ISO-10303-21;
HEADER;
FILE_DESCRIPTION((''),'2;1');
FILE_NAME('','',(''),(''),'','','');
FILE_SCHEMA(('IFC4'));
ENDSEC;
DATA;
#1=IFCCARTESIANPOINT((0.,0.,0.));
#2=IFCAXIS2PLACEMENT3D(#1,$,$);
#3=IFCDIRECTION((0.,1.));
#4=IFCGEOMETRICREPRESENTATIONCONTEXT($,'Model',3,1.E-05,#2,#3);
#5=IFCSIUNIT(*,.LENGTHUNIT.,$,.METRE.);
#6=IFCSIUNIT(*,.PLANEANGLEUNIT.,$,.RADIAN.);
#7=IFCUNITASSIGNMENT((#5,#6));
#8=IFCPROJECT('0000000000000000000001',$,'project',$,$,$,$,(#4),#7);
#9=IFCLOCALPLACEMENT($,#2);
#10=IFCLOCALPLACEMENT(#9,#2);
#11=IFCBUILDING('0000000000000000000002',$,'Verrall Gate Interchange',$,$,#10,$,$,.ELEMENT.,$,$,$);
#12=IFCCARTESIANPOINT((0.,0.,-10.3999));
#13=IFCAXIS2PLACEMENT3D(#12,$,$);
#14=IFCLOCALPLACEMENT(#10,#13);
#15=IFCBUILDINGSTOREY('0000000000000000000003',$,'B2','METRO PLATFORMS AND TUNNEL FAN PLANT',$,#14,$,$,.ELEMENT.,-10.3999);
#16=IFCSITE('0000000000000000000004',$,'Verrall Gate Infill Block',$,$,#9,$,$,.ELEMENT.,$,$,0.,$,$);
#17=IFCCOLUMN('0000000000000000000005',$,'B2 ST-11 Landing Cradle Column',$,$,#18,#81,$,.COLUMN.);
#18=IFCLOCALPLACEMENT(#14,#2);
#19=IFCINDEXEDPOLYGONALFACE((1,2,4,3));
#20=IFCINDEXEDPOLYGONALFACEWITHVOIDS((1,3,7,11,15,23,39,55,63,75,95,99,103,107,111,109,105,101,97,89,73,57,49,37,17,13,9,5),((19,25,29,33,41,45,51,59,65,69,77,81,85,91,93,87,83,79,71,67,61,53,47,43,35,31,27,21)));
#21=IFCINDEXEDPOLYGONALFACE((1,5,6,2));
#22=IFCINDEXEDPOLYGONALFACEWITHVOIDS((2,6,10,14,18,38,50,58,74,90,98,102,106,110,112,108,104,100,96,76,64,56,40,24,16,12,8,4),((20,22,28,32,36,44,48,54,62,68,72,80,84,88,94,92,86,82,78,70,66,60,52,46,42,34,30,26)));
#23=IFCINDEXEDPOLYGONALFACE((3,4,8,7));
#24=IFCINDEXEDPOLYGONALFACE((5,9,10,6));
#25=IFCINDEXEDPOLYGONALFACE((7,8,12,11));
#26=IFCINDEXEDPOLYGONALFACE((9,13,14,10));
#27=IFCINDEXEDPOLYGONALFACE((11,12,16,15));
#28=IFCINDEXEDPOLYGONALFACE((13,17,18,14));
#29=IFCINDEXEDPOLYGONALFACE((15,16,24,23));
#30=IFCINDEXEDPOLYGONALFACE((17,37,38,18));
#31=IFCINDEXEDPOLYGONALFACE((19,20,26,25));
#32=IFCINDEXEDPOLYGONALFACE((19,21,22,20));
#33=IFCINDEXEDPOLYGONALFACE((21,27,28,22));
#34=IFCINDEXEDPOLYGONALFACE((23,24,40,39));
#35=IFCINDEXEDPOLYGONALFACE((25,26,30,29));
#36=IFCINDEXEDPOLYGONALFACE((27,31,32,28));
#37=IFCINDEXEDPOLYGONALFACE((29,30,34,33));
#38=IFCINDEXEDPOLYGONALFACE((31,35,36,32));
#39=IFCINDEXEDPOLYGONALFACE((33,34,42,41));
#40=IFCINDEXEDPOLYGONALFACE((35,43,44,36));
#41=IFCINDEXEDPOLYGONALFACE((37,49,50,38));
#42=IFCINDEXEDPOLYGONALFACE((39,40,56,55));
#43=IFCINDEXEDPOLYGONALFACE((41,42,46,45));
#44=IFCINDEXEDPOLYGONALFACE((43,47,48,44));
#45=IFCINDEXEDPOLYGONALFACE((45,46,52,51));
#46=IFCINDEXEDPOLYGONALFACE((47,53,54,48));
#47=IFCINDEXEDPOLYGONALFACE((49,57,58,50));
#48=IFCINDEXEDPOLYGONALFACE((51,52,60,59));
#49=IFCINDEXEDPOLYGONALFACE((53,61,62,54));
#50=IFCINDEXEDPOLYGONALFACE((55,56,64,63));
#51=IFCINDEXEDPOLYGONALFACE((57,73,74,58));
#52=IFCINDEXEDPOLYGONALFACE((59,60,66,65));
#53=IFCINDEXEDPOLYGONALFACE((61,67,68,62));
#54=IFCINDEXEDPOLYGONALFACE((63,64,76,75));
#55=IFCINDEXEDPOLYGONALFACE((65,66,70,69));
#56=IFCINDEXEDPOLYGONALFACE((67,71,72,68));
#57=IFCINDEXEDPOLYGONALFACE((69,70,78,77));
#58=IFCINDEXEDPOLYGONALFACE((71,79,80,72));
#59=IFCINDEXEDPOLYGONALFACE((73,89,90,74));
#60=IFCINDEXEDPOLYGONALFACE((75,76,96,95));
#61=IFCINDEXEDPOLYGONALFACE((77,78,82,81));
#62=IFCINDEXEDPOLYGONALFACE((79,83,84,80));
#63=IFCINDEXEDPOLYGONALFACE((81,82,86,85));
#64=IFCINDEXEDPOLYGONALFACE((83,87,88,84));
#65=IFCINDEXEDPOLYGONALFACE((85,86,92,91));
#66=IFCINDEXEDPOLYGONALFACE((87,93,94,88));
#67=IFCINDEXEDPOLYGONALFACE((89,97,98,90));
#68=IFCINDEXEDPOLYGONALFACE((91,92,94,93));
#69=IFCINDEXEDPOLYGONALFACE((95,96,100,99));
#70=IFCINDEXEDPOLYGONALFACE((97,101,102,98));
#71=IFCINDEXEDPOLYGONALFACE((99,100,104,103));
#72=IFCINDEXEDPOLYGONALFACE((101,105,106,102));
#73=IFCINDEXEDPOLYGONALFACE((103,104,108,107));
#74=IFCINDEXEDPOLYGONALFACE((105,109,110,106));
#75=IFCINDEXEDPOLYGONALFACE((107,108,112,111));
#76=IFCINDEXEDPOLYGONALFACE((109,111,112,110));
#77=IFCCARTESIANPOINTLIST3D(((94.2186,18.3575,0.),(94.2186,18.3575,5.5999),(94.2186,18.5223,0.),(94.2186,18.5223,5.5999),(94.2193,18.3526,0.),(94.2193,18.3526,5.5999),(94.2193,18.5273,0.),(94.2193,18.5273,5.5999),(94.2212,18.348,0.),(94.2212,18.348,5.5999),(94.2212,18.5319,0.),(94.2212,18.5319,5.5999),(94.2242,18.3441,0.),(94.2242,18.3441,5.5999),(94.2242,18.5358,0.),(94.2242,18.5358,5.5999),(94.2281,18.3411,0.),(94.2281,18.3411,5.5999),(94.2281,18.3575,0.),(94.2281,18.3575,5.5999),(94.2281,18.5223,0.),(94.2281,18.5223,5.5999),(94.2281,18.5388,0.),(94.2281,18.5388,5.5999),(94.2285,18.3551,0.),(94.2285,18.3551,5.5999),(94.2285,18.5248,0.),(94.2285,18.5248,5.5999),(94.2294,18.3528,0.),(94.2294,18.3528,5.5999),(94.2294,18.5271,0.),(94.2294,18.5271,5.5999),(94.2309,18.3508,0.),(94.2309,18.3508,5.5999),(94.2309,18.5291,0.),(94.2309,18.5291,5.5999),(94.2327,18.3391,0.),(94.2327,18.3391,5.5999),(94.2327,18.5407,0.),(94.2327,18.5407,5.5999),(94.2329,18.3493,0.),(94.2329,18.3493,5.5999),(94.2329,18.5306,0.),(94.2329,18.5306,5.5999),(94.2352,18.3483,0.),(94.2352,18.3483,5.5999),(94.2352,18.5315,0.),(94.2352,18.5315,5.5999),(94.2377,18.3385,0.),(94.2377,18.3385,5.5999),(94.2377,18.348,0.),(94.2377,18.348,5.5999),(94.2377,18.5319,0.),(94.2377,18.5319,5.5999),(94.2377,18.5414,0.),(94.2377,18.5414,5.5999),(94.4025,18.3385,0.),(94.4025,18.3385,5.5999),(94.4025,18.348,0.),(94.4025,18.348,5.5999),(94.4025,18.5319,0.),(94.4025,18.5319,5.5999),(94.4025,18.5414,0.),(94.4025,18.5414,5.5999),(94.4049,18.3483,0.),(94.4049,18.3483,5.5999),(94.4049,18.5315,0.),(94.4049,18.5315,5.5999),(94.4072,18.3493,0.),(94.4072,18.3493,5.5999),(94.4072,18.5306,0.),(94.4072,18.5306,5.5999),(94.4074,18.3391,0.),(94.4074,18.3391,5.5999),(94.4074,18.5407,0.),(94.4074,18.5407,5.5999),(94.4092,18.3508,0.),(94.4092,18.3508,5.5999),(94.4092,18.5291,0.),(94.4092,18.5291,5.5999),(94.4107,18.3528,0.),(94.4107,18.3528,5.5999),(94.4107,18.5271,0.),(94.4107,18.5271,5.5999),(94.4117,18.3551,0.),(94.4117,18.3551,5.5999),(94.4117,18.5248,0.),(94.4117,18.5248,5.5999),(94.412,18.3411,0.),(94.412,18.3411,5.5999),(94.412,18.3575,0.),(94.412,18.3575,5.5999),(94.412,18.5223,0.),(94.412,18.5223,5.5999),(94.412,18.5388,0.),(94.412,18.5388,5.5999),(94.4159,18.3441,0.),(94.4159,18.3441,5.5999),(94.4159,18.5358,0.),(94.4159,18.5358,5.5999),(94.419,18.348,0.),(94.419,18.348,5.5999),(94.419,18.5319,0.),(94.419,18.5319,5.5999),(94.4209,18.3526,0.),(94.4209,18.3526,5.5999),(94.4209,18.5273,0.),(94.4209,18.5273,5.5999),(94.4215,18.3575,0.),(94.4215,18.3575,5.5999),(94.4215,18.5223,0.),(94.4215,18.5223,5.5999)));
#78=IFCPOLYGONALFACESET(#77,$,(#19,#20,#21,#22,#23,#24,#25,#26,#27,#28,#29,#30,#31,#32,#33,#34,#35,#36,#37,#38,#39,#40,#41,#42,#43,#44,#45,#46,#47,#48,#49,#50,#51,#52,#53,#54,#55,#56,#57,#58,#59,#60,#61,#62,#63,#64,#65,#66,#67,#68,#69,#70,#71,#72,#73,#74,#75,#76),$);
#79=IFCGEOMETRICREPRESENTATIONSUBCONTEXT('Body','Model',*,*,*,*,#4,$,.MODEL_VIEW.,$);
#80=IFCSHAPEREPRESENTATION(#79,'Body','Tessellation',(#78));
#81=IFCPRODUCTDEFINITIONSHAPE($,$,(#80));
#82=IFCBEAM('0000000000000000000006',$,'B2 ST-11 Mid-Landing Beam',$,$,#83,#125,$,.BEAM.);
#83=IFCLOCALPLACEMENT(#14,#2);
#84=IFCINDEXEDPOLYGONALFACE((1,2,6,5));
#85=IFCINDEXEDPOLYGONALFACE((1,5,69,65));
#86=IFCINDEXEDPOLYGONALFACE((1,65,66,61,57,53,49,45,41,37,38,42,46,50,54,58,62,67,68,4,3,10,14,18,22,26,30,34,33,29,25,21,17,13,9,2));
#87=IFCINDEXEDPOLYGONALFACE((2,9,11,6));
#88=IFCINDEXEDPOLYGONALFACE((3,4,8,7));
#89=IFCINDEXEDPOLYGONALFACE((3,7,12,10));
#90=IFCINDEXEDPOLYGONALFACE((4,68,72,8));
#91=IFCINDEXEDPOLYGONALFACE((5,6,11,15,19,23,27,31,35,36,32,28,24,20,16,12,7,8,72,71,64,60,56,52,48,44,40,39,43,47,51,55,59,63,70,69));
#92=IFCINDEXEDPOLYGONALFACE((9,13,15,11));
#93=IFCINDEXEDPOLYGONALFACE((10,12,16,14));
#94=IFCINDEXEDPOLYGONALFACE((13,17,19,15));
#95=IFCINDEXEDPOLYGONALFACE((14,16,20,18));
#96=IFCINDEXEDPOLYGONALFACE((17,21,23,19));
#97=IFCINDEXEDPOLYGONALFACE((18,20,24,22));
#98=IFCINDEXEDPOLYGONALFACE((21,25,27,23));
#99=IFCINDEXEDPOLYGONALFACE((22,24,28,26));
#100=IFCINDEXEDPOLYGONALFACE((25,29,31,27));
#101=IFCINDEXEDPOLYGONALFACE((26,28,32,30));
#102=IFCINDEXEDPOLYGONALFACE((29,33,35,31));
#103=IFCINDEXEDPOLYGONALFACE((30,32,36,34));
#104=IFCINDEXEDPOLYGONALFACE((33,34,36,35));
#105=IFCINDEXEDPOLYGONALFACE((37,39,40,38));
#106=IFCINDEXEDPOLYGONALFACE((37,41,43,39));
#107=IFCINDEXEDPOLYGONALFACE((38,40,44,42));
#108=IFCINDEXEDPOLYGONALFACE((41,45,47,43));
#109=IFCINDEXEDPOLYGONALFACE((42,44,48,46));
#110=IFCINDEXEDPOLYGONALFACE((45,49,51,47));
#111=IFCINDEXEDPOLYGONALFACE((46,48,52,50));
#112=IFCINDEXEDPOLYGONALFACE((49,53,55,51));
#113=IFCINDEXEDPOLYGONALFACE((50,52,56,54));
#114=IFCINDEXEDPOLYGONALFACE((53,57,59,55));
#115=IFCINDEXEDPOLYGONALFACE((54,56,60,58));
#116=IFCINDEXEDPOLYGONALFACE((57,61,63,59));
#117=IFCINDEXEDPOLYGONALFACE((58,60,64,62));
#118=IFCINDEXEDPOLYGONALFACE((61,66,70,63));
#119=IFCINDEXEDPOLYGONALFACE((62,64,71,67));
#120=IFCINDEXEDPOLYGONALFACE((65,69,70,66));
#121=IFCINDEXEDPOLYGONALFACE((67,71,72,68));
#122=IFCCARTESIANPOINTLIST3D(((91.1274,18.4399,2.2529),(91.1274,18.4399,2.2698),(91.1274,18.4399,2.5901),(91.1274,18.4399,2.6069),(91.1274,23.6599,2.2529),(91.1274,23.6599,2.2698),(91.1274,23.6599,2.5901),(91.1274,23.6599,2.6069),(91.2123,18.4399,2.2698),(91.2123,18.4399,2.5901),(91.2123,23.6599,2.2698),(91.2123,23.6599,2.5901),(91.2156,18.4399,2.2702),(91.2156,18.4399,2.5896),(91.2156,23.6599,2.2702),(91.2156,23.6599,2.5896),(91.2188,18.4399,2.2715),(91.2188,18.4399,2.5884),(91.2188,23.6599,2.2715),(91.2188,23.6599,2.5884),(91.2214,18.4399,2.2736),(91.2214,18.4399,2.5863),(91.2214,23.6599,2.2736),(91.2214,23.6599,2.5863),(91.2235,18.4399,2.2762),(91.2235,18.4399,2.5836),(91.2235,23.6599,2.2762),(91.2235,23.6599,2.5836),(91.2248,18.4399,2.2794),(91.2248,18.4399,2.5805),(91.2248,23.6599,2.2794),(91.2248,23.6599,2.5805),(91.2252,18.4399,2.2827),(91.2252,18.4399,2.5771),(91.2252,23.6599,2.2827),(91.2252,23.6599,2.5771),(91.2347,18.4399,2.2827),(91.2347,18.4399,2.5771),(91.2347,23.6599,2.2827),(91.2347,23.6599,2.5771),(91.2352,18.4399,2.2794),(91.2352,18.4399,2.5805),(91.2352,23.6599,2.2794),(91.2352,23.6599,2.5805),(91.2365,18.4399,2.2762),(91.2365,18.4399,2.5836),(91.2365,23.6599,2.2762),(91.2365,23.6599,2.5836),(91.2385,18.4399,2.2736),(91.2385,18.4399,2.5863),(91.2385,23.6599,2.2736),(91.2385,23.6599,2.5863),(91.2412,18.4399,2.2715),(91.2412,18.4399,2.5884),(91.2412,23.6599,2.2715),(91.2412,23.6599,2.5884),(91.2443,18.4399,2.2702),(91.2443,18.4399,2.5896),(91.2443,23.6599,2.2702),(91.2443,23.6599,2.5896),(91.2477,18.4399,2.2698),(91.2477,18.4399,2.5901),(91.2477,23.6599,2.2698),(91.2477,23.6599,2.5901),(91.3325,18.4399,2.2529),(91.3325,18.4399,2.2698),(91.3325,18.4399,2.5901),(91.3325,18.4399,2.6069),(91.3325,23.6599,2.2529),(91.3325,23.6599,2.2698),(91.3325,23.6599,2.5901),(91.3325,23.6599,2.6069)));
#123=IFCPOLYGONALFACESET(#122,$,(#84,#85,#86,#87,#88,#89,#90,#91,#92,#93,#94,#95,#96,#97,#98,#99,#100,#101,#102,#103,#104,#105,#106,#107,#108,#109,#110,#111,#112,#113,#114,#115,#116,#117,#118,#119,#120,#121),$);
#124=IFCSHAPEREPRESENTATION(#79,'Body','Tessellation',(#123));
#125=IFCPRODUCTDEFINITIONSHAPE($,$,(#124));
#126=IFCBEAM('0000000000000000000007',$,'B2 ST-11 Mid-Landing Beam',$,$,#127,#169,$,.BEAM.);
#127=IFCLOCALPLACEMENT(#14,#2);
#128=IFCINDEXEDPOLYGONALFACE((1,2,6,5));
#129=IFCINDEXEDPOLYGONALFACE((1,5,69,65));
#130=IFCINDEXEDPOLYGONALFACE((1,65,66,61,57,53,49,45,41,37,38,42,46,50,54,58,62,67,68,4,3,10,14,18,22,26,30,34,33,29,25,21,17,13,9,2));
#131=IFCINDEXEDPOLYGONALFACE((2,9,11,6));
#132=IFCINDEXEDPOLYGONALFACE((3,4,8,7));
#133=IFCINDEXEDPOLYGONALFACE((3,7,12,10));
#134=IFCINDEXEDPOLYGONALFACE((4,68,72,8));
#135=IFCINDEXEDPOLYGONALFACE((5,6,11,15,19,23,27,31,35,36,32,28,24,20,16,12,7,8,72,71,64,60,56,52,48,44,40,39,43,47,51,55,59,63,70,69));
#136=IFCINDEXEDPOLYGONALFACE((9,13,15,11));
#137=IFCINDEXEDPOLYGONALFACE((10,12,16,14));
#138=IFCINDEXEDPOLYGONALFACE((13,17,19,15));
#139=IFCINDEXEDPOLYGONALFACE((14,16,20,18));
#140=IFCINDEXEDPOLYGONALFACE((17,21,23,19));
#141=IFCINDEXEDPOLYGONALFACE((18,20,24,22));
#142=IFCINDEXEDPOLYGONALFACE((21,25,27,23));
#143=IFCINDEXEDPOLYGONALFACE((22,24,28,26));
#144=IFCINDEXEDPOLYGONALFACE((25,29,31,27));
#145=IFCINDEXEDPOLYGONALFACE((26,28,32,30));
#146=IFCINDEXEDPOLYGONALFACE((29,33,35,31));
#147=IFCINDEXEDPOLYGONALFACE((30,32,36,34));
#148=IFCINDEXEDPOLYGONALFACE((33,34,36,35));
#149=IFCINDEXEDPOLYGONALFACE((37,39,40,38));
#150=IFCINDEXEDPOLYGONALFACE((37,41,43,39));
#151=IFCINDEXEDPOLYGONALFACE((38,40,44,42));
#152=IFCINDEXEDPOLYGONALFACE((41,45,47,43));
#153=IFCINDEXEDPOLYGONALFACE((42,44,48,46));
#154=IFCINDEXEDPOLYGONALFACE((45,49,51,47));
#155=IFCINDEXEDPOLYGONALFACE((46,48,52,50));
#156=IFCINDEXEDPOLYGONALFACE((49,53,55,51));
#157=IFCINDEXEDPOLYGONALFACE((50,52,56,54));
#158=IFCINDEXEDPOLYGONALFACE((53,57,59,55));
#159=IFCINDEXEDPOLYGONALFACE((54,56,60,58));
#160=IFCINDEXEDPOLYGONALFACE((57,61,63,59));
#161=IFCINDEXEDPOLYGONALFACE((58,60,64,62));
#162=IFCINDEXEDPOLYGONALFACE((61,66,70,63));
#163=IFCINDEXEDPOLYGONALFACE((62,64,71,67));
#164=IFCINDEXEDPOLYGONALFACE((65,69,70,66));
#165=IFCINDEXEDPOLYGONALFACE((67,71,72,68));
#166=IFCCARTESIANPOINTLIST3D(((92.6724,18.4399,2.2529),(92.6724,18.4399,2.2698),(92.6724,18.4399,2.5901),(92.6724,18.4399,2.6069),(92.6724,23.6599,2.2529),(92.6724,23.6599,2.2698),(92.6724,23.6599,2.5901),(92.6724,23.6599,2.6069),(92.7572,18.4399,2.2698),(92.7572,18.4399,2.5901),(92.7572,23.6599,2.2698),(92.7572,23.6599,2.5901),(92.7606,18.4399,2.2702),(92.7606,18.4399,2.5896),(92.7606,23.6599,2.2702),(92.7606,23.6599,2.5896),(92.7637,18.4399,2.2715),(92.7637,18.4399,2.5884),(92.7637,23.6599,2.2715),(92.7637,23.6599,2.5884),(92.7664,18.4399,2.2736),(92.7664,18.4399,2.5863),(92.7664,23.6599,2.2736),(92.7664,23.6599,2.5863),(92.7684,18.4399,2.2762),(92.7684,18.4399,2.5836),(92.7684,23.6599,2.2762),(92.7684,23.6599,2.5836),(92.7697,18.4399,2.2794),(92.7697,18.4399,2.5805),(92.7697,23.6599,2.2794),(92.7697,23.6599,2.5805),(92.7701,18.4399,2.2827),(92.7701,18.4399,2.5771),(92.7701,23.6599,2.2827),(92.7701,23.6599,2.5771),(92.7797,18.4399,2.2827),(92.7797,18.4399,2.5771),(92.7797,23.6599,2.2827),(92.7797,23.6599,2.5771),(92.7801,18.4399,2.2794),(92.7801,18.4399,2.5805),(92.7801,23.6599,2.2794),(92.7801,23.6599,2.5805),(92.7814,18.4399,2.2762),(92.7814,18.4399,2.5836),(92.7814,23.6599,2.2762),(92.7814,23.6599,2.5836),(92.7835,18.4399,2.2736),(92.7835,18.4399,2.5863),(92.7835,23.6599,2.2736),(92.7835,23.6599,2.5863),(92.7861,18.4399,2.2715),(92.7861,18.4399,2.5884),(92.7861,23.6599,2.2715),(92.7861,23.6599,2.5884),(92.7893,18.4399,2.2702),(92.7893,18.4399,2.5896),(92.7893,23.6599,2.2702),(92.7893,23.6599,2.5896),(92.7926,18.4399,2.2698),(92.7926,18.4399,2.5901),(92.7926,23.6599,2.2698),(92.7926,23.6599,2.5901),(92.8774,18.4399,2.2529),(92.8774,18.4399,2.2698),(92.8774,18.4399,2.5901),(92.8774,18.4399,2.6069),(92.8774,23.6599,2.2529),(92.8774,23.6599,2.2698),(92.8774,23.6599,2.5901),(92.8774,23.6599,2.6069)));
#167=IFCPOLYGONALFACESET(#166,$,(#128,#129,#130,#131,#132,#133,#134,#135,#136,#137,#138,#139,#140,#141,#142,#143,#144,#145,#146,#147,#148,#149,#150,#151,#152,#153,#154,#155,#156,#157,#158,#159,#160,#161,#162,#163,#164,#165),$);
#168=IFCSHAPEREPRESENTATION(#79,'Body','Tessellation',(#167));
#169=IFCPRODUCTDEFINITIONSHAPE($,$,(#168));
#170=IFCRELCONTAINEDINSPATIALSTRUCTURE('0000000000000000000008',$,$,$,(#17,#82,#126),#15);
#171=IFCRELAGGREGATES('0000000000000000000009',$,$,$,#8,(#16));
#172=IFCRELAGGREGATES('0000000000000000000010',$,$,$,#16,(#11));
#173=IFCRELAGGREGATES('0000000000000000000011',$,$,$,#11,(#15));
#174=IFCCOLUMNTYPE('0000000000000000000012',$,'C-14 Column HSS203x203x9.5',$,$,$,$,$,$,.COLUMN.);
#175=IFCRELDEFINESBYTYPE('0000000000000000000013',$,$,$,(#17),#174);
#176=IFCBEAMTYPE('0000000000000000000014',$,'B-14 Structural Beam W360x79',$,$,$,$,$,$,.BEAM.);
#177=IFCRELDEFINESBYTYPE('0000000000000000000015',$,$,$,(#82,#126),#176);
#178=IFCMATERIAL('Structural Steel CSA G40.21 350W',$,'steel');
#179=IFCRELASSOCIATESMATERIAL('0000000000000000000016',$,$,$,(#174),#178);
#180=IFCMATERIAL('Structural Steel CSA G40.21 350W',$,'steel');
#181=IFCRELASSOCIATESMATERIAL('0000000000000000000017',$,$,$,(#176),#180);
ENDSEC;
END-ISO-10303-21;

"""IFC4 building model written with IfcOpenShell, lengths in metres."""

from ifc_helpers import new_model, si_unit, direction, frame, origin, origin_2d, place, context, subcontext, project, spatial, hollow_rectangle, i_section, extrude, material, material_profile, profile_set, type_object, element, save


model = new_model("IFC4")

# Units and contexts
model_context = context("Model", 3, precision=1e-05, world=origin(), true_north=direction((0.0, 1.0)))
body_context = subcontext(model_context, "Body", "Model", "MODEL_VIEW")
ifc_project = project(units=[si_unit("LENGTHUNIT", "METRE"), si_unit("PLANEANGLEUNIT", "RADIAN")], contexts=[model_context])

# Site, building, storey
site_placement = place(None, origin())
site = spatial("IfcSite", under=ifc_project, at=site_placement, Name="Verrall Gate Infill Block", CompositionType="ELEMENT", RefElevation=0.0)
building_placement = place(site_placement, origin())
building = spatial("IfcBuilding", under=site, at=building_placement, Name="Verrall Gate Interchange", CompositionType="ELEMENT")
storey_placement = place(building_placement, frame((0.0, 0.0, -10.3999)))
storey = spatial("IfcBuildingStorey", under=building, at=storey_placement, Name="B2", Description="METRO PLATFORMS AND TUNNEL FAN PLANT", CompositionType="ELEMENT", Elevation=-10.3999)

# Column
ifc_material_1 = material(Name="Structural Steel CSA G40.21 350W", Category="steel")
ifc_material_profile_1 = material_profile(ifc_material_1, hollow_rectangle(XDim=0.2029, YDim=0.2029, WallThickness=0.0095, InnerFilletRadius=0.0095, OuterFilletRadius=0.019, at=origin_2d()), Name="HSS203x203x9.5")
ifc_profile_set_1 = profile_set([ifc_material_profile_1], Name="Structural Steel CSA G40.21 350W")
column_type_1 = type_object("IfcColumnType", Name="C-14 Column HSS203x203x9.5", PredefinedType="COLUMN", material=ifc_profile_set_1)
column_1_placement = place(storey_placement, frame((94.3201, 18.4399, 0.0), z_axis=(0.0, 0.0, 1.0), x_axis=(1.0, 0.0, 0.0)))
element("IfcColumn", 1, at=column_1_placement, inside=storey, type_object=column_type_1, Name="B2 ST-11 Landing Cradle Column", PredefinedType="COLUMN", context=body_context, shape_type="SweptSolid", body=[
    extrude(hollow_rectangle(XDim=0.2029, YDim=0.2029, WallThickness=0.0095, InnerFilletRadius=0.0095, OuterFilletRadius=0.019, at=origin_2d()), origin(), (0.0, 0.0, 1.0), 5.5999),
])

# Beams
ifc_material_2 = material(Name="Structural Steel CSA G40.21 350W", Category="steel")
ifc_material_profile_2 = material_profile(ifc_material_2, i_section(OverallWidth=0.2051, OverallDepth=0.354, WebThickness=0.0095, FlangeThickness=0.0168, FilletRadius=0.0129, at=origin_2d()), Name="W360x79")
ifc_profile_set_2 = profile_set([ifc_material_profile_2], Name="Structural Steel CSA G40.21 350W")
beam_type = type_object("IfcBeamType", Name="B-14 Structural Beam W360x79", PredefinedType="BEAM", material=ifc_profile_set_2)
for number, where, z_axis, x_axis, name in (
    (2, (91.23, 18.4399, 2.4299), (0.0, 1.0, 0.0), (-1.0, 0.0, 0.0), "B2 ST-11 Mid-Landing Beam"),
    (3, (92.7749, 18.4399, 2.4299), (0.0, 1.0, 0.0), (-1.0, 0.0, 0.0), "B2 ST-11 Mid-Landing Beam"),
):
    element("IfcBeam", number, at=place(storey_placement, frame(where, z_axis=z_axis, x_axis=x_axis)), inside=storey, type_object=beam_type, Name=name, PredefinedType="BEAM", context=body_context, shape_type="SweptSolid", body=[
        extrude(i_section(OverallWidth=0.2051, OverallDepth=0.354, WebThickness=0.0095, FlangeThickness=0.0168, FilletRadius=0.0129, at=origin_2d()), origin(), (0.0, 0.0, 1.0), 5.22),
    ])

save(model, "model.ifc")
